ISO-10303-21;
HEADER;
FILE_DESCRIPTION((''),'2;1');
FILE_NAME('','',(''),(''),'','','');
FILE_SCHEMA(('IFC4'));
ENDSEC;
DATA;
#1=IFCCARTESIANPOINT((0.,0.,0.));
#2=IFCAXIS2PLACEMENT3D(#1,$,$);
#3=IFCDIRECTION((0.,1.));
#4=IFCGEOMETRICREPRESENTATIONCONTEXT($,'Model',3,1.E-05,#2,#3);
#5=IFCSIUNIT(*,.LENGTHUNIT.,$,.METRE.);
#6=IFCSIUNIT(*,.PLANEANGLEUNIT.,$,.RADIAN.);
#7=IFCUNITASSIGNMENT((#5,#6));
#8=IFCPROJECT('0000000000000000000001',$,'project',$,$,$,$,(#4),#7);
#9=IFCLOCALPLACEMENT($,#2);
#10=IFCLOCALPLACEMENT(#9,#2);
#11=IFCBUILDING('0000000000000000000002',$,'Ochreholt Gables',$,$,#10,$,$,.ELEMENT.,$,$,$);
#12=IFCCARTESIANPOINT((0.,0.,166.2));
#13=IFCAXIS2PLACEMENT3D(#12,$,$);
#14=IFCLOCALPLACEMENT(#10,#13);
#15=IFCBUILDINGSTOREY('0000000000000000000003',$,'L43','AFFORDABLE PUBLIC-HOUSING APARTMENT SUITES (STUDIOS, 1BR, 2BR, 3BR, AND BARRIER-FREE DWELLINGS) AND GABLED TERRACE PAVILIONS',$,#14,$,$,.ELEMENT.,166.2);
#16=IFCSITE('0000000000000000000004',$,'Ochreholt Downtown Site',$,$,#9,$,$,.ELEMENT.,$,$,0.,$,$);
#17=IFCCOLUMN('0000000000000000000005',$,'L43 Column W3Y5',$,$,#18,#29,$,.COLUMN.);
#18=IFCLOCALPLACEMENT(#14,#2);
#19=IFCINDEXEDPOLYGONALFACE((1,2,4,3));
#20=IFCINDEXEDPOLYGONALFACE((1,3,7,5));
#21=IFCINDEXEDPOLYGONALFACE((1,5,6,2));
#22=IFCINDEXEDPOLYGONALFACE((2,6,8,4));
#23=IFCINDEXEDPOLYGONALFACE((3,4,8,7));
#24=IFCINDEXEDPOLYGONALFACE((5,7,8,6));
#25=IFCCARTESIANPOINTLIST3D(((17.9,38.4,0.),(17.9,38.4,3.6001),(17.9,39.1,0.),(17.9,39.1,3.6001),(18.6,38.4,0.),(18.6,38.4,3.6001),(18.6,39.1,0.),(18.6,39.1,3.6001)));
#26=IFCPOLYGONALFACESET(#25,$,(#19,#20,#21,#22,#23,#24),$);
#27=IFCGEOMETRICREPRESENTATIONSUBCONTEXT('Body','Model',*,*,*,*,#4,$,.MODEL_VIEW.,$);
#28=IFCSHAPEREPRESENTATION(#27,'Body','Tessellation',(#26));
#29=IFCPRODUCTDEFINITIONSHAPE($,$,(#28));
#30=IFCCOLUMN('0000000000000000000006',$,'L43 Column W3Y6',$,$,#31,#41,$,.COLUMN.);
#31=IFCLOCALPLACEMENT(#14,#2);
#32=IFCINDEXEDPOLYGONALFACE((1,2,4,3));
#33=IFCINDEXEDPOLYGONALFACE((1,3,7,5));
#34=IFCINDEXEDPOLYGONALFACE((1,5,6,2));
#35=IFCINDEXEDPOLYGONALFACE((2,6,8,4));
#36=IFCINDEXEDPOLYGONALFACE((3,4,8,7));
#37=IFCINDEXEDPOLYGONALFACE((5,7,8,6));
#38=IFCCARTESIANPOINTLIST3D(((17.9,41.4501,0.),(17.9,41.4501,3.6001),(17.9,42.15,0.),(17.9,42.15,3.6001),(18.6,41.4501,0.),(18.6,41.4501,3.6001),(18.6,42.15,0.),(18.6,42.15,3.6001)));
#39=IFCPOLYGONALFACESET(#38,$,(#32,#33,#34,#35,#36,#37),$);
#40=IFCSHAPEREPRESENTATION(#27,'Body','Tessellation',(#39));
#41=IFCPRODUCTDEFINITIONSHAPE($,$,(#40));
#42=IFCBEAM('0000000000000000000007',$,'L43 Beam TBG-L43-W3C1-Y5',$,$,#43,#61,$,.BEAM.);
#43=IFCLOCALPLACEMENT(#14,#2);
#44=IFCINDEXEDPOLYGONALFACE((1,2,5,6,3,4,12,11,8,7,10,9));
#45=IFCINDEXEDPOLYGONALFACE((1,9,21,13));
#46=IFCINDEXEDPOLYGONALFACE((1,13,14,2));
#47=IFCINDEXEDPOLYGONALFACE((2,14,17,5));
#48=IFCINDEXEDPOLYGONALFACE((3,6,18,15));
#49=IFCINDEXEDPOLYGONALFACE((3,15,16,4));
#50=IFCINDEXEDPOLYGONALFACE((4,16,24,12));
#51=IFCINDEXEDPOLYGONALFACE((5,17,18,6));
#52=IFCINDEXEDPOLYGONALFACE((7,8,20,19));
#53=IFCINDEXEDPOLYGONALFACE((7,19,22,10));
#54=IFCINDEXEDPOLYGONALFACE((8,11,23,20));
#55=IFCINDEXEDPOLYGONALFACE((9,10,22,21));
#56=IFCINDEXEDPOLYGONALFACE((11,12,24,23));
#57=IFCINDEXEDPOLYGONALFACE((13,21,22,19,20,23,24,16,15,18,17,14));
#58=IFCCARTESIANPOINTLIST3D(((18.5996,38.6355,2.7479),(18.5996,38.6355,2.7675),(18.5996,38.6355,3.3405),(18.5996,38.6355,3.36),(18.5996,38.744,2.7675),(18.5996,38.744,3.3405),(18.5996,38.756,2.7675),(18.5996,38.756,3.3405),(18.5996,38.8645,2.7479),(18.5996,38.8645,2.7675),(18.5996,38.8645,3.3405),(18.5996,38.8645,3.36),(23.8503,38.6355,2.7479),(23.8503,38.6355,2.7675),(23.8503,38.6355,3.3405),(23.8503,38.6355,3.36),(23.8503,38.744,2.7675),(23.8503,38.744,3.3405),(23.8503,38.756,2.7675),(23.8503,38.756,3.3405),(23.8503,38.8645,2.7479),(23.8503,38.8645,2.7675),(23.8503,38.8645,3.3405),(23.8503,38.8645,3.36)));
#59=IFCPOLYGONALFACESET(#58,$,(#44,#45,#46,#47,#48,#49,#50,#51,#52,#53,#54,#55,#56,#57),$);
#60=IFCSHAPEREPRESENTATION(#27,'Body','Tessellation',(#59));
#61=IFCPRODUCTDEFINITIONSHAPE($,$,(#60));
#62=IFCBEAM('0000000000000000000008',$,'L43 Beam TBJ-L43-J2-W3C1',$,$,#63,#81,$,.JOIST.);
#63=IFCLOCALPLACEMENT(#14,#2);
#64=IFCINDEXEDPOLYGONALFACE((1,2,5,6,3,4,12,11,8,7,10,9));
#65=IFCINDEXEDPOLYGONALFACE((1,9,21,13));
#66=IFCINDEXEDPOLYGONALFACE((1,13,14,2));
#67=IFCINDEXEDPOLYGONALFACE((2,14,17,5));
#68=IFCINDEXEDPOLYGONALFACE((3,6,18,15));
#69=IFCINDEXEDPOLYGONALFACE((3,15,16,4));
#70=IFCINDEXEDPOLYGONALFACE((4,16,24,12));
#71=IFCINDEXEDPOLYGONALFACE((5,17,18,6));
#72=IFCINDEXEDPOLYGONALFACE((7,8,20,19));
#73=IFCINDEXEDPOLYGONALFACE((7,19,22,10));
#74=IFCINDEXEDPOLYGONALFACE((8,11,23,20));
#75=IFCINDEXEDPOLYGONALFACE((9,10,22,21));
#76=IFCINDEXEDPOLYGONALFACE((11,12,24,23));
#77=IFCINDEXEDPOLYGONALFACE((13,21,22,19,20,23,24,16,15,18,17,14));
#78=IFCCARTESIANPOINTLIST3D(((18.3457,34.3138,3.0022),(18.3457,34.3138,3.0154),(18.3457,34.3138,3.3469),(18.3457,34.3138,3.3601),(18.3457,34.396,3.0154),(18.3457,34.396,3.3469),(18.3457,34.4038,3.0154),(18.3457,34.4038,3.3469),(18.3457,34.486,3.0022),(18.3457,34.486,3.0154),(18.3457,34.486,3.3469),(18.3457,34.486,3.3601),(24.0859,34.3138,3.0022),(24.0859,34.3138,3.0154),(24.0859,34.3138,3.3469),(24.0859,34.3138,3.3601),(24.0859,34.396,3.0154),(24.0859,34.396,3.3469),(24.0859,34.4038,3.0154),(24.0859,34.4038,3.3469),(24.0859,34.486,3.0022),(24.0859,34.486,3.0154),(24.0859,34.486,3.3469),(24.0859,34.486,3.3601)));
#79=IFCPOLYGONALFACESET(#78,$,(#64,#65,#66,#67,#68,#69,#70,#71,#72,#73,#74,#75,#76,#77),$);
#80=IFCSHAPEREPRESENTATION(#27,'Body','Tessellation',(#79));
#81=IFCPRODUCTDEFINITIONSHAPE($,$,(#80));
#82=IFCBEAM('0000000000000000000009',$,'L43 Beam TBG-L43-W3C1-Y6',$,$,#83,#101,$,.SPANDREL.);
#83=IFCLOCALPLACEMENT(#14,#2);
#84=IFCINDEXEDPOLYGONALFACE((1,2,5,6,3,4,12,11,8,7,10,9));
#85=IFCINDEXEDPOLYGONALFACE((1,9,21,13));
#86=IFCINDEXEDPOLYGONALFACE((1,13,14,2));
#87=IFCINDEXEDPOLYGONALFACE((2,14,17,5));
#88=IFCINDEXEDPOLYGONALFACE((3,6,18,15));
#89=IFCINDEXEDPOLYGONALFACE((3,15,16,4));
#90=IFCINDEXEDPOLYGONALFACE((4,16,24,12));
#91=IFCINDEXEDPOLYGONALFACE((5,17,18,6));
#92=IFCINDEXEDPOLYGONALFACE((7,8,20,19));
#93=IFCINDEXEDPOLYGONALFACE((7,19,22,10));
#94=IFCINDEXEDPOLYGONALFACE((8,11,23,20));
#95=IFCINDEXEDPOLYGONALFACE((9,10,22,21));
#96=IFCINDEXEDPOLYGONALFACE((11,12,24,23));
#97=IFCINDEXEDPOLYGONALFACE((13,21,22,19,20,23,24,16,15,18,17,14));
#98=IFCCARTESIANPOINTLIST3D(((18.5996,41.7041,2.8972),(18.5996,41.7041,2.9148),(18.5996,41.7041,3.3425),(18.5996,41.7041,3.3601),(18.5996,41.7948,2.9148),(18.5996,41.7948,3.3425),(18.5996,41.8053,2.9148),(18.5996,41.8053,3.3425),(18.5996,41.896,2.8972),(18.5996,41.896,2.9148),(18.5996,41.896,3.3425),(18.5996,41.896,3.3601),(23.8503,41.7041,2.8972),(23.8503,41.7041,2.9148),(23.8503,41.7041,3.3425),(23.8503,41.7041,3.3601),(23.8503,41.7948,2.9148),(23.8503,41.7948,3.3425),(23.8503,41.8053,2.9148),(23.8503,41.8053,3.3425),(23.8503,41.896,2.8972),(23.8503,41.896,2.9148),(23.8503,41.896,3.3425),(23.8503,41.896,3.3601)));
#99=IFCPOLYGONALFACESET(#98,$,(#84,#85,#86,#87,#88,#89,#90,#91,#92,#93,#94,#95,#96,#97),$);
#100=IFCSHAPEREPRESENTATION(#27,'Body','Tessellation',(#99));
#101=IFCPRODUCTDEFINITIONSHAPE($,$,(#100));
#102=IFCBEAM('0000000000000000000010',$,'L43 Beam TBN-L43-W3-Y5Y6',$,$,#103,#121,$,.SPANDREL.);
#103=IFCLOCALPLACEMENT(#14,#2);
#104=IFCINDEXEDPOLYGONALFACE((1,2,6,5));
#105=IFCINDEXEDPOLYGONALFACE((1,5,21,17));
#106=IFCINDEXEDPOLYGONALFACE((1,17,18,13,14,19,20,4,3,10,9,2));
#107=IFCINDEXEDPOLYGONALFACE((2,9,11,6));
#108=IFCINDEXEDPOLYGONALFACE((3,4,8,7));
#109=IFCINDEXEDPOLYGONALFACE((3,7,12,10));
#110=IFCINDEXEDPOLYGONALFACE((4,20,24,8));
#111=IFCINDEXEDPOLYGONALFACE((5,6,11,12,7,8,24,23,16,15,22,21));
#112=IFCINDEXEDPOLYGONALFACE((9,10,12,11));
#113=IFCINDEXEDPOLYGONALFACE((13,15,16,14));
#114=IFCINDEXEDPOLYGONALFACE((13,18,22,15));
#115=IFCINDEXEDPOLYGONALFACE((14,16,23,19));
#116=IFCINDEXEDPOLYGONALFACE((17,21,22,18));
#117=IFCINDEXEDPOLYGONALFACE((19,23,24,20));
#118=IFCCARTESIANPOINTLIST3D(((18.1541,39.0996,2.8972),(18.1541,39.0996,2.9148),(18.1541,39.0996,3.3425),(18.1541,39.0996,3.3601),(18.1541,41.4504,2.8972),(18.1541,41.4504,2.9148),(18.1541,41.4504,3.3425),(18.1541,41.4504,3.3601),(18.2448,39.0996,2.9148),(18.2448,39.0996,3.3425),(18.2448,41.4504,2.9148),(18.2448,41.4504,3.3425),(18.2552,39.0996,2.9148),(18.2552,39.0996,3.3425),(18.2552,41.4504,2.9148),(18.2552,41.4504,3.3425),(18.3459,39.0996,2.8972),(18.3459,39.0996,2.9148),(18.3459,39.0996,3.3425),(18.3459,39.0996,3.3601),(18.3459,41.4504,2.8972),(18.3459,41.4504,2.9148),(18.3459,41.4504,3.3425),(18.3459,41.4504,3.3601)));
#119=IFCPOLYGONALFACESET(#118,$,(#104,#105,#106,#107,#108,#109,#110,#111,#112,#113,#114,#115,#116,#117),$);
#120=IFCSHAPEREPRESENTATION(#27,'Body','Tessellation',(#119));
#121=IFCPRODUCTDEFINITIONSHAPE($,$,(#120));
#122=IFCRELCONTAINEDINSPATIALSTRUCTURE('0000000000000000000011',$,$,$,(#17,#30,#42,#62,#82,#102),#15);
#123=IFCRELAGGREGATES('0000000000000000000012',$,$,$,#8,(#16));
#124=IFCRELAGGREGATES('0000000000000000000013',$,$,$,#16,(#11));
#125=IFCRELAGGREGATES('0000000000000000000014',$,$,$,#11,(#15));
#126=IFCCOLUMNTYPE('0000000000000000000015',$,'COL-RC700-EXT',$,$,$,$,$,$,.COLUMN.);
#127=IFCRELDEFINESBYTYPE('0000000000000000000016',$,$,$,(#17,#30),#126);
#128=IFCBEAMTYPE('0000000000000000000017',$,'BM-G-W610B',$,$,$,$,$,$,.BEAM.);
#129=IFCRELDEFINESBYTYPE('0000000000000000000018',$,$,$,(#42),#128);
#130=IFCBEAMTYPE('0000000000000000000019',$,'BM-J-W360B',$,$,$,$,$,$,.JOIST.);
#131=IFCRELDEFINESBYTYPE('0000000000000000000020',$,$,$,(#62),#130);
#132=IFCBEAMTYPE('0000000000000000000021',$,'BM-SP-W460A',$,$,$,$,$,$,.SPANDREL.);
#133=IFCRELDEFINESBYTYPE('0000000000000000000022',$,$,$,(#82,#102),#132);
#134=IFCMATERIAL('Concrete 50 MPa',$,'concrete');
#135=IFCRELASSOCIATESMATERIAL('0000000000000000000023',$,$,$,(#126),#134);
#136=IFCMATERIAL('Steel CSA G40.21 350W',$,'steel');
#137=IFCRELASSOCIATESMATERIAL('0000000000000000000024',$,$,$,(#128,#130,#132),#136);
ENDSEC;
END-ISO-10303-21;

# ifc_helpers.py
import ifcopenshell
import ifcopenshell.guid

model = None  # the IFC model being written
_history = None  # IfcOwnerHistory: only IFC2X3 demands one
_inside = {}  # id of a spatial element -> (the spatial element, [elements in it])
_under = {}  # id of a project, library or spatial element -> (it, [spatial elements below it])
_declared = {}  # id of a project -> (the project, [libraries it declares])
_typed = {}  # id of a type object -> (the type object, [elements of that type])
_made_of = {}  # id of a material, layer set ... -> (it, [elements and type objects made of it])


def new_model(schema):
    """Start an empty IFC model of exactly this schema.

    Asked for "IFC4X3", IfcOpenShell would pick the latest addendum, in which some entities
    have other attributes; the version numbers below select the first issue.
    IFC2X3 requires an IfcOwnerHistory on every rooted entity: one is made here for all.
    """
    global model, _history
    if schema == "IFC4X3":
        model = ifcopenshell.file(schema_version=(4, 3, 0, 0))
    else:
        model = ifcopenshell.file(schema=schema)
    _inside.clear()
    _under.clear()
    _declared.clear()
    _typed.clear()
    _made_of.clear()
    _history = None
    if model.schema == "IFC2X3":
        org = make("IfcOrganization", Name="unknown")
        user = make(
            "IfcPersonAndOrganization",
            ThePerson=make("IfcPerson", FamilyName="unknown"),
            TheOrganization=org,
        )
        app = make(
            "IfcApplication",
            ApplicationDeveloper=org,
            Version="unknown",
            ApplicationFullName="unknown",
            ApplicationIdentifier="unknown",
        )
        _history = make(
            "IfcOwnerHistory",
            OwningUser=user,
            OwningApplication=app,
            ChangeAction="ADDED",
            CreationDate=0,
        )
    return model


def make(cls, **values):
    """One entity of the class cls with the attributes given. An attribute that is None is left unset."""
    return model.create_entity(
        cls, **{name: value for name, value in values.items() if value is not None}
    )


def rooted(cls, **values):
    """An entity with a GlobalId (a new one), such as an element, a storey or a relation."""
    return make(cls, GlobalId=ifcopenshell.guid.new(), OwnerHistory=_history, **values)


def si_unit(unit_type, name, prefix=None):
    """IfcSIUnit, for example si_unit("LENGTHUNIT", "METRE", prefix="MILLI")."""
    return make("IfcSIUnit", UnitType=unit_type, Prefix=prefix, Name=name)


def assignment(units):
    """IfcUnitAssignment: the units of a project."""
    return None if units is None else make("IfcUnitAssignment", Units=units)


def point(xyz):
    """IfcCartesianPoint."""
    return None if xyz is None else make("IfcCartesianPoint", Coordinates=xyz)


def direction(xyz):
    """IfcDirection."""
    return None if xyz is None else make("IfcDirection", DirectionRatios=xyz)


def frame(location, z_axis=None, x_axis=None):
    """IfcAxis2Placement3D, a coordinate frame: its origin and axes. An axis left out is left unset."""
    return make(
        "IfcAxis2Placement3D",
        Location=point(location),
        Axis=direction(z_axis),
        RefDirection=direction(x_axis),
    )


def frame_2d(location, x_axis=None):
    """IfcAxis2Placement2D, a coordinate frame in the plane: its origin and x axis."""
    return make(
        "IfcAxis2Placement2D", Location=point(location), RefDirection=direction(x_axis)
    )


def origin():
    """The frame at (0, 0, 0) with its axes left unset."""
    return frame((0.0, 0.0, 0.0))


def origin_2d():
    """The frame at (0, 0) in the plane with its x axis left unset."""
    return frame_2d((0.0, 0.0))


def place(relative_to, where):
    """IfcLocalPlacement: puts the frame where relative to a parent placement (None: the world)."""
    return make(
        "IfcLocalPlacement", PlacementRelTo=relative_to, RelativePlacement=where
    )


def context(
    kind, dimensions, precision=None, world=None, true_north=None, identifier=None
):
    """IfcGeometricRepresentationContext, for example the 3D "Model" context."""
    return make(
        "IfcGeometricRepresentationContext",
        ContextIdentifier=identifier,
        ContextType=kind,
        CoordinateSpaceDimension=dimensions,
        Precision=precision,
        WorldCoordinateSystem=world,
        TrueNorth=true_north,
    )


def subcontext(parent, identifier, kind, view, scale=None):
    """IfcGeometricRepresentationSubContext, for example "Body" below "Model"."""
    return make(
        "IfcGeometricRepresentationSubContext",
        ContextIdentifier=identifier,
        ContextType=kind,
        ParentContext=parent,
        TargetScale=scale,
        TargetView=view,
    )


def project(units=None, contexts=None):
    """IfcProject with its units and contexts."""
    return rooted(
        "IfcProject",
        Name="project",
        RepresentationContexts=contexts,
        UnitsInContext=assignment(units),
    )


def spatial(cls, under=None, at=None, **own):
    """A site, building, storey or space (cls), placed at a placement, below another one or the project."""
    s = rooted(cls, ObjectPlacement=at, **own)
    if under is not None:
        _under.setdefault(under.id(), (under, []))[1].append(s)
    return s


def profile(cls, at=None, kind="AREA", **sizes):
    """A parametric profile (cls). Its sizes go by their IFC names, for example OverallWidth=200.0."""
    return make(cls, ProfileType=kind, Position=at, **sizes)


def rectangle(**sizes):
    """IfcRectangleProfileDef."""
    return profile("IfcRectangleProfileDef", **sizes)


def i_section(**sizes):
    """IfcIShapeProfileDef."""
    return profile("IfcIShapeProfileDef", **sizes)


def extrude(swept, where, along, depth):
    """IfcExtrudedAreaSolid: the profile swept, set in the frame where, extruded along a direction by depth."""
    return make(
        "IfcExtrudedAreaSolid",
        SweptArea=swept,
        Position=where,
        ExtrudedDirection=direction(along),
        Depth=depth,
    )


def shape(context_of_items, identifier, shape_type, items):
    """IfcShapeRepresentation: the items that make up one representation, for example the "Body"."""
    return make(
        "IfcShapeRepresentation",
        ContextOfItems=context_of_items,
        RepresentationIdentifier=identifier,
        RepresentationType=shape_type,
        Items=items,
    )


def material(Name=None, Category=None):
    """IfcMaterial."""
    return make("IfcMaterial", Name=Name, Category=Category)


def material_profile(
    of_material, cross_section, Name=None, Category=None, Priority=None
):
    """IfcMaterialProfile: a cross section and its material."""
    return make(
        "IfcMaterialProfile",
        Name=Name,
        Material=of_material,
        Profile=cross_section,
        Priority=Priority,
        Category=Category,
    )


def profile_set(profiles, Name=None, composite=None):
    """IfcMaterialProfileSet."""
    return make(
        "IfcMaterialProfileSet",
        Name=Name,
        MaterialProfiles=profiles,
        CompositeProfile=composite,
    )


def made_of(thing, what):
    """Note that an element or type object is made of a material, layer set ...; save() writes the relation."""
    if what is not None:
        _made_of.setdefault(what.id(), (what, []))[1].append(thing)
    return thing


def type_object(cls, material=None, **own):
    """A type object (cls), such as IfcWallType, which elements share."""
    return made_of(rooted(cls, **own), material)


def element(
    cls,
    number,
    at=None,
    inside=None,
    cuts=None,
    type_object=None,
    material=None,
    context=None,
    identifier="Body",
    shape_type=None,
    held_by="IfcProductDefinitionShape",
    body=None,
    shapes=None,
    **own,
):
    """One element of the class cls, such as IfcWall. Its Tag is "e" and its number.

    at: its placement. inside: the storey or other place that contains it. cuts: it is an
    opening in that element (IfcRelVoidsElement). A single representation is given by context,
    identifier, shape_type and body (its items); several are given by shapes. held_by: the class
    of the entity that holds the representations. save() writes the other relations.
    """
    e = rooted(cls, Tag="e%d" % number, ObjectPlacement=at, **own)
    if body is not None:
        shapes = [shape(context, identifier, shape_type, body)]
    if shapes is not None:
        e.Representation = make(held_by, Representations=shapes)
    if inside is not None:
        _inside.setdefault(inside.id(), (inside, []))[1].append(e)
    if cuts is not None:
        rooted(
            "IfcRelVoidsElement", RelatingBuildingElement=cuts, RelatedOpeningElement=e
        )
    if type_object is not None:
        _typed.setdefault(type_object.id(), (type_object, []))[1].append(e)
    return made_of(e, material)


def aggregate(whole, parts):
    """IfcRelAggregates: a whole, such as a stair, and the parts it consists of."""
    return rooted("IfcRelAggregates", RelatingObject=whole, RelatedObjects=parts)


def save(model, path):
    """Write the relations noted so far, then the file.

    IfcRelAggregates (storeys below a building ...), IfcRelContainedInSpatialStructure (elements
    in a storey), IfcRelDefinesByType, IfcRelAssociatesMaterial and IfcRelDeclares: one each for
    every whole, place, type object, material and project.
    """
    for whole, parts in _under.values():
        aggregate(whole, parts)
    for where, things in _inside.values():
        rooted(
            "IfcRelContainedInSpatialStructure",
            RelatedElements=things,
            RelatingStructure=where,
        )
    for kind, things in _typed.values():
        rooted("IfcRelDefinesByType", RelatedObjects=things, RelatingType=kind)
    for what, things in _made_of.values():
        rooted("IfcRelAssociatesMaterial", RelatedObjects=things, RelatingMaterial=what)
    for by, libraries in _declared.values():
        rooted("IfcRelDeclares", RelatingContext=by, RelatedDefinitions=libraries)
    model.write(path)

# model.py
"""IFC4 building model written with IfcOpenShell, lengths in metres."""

from ifc_helpers import new_model, si_unit, direction, frame, origin, origin_2d, place, context, subcontext, project, spatial, rectangle, i_section, extrude, material, material_profile, profile_set, type_object, element, save


model = new_model("IFC4")

# Units and contexts
model_context = context("Model", 3, precision=1e-05, world=origin(), true_north=direction((0.0, 1.0)))
body_context = subcontext(model_context, "Body", "Model", "MODEL_VIEW")
ifc_project = project(units=[si_unit("LENGTHUNIT", "METRE"), si_unit("PLANEANGLEUNIT", "RADIAN")], contexts=[model_context])

# Site, building, storey
site_placement = place(None, origin())
site = spatial("IfcSite", under=ifc_project, at=site_placement, Name="Ochreholt Downtown Site", CompositionType="ELEMENT", RefElevation=0.0)
building_placement = place(site_placement, origin())
building = spatial("IfcBuilding", under=site, at=building_placement, Name="Ochreholt Gables", CompositionType="ELEMENT")
storey_placement = place(building_placement, frame((0.0, 0.0, 166.2)))
storey = spatial("IfcBuildingStorey", under=building, at=storey_placement, Name="L43", Description="AFFORDABLE PUBLIC-HOUSING APARTMENT SUITES (STUDIOS, 1BR, 2BR, 3BR, AND BARRIER-FREE DWELLINGS) AND GABLED TERRACE PAVILIONS", CompositionType="ELEMENT", Elevation=166.2)

# Columns
ifc_material_1 = material(Name="Concrete 50 MPa", Category="concrete")
ifc_material_profile_1 = material_profile(ifc_material_1, rectangle(XDim=0.7, YDim=0.7, at=origin_2d()), Name="RC700X700")
ifc_profile_set_1 = profile_set([ifc_material_profile_1], Name="Concrete 50 MPa")
column_type = type_object("IfcColumnType", Name="COL-RC700-EXT", PredefinedType="COLUMN", material=ifc_profile_set_1)
for number, where, z_axis, x_axis, name in (
    (1, (18.25, 38.75, 0.0), (0.0, 0.0, 1.0), (1.0, 0.0, 0.0), "L43 Column W3Y5"),
    (2, (18.25, 41.8, 0.0), (0.0, 0.0, 1.0), (1.0, 0.0, 0.0), "L43 Column W3Y6"),
):
    element("IfcColumn", number, at=place(storey_placement, frame(where, z_axis=z_axis, x_axis=x_axis)), inside=storey, type_object=column_type, Name=name, PredefinedType="COLUMN", context=body_context, shape_type="SweptSolid", body=[
        extrude(rectangle(XDim=0.7, YDim=0.7, at=origin_2d()), origin(), (0.0, 0.0, 1.0), 3.6001),
    ])

# Beams
ifc_material_2 = material(Name="Steel CSA G40.21 350W", Category="steel")
ifc_material_profile_2 = material_profile(ifc_material_2, i_section(OverallWidth=0.229, OverallDepth=0.6121, WebThickness=0.012, FlangeThickness=0.0195, at=origin_2d()), Name="W610X125")
ifc_profile_set_2 = profile_set([ifc_material_profile_2], Name="Steel CSA G40.21 350W")
beam_type_1 = type_object("IfcBeamType", Name="BM-G-W610B", PredefinedType="BEAM", material=ifc_profile_set_2)
beam_1_placement = place(storey_placement, frame((18.5996, 38.75, 3.054), z_axis=(1.0, 0.0, 0.0), x_axis=(0.0, 1.0, 0.0)))
element("IfcBeam", 3, at=beam_1_placement, inside=storey, type_object=beam_type_1, Name="L43 Beam TBG-L43-W3C1-Y5", PredefinedType="BEAM", context=body_context, shape_type="SweptSolid", body=[
    extrude(i_section(OverallWidth=0.229, OverallDepth=0.6121, WebThickness=0.012, FlangeThickness=0.0195, at=origin_2d()), origin(), (0.0, 0.0, 1.0), 5.2507),
])
ifc_material_profile_3 = material_profile(ifc_material_2, i_section(OverallWidth=0.1721, OverallDepth=0.3579, WebThickness=0.0078, FlangeThickness=0.0132, at=origin_2d()), Name="W360X57")
ifc_profile_set_3 = profile_set([ifc_material_profile_3], Name="Steel CSA G40.21 350W")
beam_type_2 = type_object("IfcBeamType", Name="BM-J-W360B", PredefinedType="JOIST", material=ifc_profile_set_3)
beam_2_placement = place(storey_placement, frame((18.3457, 34.3999, 3.1812), z_axis=(1.0, 0.0, 0.0), x_axis=(0.0, 1.0, 0.0)))
element("IfcBeam", 4, at=beam_2_placement, inside=storey, type_object=beam_type_2, Name="L43 Beam TBJ-L43-J2-W3C1", PredefinedType="JOIST", context=body_context, shape_type="SweptSolid", body=[
    extrude(i_section(OverallWidth=0.1721, OverallDepth=0.3579, WebThickness=0.0078, FlangeThickness=0.0132, at=origin_2d()), origin(), (0.0, 0.0, 1.0), 5.7402),
])
ifc_material_profile_4 = material_profile(ifc_material_2, i_section(OverallWidth=0.1919, OverallDepth=0.4629, WebThickness=0.0105, FlangeThickness=0.0176, at=origin_2d()), Name="W460X89")
ifc_profile_set_4 = profile_set([ifc_material_profile_4], Name="Steel CSA G40.21 350W")
beam_type_3 = type_object("IfcBeamType", Name="BM-SP-W460A", PredefinedType="SPANDREL", material=ifc_profile_set_4)
beam_3_placement = place(storey_placement, frame((18.5996, 41.8, 3.1287), z_axis=(1.0, 0.0, 0.0), x_axis=(0.0, 1.0, 0.0)))
element("IfcBeam", 5, at=beam_3_placement, inside=storey, type_object=beam_type_3, Name="L43 Beam TBG-L43-W3C1-Y6", PredefinedType="SPANDREL", context=body_context, shape_type="SweptSolid", body=[
    extrude(i_section(OverallWidth=0.1919, OverallDepth=0.4629, WebThickness=0.0105, FlangeThickness=0.0176, at=origin_2d()), origin(), (0.0, 0.0, 1.0), 5.2507),
])
beam_4_placement = place(storey_placement, frame((18.25, 39.0996, 3.1287), z_axis=(0.0, 1.0, 0.0), x_axis=(-1.0, 0.0, 0.0)))
element("IfcBeam", 6, at=beam_4_placement, inside=storey, type_object=beam_type_3, Name="L43 Beam TBN-L43-W3-Y5Y6", PredefinedType="SPANDREL", context=body_context, shape_type="SweptSolid", body=[
    extrude(i_section(OverallWidth=0.1919, OverallDepth=0.4629, WebThickness=0.0105, FlangeThickness=0.0176, at=origin_2d()), origin(), (0.0, 0.0, 1.0), 2.3508),
])

save(model, "model.ifc")
